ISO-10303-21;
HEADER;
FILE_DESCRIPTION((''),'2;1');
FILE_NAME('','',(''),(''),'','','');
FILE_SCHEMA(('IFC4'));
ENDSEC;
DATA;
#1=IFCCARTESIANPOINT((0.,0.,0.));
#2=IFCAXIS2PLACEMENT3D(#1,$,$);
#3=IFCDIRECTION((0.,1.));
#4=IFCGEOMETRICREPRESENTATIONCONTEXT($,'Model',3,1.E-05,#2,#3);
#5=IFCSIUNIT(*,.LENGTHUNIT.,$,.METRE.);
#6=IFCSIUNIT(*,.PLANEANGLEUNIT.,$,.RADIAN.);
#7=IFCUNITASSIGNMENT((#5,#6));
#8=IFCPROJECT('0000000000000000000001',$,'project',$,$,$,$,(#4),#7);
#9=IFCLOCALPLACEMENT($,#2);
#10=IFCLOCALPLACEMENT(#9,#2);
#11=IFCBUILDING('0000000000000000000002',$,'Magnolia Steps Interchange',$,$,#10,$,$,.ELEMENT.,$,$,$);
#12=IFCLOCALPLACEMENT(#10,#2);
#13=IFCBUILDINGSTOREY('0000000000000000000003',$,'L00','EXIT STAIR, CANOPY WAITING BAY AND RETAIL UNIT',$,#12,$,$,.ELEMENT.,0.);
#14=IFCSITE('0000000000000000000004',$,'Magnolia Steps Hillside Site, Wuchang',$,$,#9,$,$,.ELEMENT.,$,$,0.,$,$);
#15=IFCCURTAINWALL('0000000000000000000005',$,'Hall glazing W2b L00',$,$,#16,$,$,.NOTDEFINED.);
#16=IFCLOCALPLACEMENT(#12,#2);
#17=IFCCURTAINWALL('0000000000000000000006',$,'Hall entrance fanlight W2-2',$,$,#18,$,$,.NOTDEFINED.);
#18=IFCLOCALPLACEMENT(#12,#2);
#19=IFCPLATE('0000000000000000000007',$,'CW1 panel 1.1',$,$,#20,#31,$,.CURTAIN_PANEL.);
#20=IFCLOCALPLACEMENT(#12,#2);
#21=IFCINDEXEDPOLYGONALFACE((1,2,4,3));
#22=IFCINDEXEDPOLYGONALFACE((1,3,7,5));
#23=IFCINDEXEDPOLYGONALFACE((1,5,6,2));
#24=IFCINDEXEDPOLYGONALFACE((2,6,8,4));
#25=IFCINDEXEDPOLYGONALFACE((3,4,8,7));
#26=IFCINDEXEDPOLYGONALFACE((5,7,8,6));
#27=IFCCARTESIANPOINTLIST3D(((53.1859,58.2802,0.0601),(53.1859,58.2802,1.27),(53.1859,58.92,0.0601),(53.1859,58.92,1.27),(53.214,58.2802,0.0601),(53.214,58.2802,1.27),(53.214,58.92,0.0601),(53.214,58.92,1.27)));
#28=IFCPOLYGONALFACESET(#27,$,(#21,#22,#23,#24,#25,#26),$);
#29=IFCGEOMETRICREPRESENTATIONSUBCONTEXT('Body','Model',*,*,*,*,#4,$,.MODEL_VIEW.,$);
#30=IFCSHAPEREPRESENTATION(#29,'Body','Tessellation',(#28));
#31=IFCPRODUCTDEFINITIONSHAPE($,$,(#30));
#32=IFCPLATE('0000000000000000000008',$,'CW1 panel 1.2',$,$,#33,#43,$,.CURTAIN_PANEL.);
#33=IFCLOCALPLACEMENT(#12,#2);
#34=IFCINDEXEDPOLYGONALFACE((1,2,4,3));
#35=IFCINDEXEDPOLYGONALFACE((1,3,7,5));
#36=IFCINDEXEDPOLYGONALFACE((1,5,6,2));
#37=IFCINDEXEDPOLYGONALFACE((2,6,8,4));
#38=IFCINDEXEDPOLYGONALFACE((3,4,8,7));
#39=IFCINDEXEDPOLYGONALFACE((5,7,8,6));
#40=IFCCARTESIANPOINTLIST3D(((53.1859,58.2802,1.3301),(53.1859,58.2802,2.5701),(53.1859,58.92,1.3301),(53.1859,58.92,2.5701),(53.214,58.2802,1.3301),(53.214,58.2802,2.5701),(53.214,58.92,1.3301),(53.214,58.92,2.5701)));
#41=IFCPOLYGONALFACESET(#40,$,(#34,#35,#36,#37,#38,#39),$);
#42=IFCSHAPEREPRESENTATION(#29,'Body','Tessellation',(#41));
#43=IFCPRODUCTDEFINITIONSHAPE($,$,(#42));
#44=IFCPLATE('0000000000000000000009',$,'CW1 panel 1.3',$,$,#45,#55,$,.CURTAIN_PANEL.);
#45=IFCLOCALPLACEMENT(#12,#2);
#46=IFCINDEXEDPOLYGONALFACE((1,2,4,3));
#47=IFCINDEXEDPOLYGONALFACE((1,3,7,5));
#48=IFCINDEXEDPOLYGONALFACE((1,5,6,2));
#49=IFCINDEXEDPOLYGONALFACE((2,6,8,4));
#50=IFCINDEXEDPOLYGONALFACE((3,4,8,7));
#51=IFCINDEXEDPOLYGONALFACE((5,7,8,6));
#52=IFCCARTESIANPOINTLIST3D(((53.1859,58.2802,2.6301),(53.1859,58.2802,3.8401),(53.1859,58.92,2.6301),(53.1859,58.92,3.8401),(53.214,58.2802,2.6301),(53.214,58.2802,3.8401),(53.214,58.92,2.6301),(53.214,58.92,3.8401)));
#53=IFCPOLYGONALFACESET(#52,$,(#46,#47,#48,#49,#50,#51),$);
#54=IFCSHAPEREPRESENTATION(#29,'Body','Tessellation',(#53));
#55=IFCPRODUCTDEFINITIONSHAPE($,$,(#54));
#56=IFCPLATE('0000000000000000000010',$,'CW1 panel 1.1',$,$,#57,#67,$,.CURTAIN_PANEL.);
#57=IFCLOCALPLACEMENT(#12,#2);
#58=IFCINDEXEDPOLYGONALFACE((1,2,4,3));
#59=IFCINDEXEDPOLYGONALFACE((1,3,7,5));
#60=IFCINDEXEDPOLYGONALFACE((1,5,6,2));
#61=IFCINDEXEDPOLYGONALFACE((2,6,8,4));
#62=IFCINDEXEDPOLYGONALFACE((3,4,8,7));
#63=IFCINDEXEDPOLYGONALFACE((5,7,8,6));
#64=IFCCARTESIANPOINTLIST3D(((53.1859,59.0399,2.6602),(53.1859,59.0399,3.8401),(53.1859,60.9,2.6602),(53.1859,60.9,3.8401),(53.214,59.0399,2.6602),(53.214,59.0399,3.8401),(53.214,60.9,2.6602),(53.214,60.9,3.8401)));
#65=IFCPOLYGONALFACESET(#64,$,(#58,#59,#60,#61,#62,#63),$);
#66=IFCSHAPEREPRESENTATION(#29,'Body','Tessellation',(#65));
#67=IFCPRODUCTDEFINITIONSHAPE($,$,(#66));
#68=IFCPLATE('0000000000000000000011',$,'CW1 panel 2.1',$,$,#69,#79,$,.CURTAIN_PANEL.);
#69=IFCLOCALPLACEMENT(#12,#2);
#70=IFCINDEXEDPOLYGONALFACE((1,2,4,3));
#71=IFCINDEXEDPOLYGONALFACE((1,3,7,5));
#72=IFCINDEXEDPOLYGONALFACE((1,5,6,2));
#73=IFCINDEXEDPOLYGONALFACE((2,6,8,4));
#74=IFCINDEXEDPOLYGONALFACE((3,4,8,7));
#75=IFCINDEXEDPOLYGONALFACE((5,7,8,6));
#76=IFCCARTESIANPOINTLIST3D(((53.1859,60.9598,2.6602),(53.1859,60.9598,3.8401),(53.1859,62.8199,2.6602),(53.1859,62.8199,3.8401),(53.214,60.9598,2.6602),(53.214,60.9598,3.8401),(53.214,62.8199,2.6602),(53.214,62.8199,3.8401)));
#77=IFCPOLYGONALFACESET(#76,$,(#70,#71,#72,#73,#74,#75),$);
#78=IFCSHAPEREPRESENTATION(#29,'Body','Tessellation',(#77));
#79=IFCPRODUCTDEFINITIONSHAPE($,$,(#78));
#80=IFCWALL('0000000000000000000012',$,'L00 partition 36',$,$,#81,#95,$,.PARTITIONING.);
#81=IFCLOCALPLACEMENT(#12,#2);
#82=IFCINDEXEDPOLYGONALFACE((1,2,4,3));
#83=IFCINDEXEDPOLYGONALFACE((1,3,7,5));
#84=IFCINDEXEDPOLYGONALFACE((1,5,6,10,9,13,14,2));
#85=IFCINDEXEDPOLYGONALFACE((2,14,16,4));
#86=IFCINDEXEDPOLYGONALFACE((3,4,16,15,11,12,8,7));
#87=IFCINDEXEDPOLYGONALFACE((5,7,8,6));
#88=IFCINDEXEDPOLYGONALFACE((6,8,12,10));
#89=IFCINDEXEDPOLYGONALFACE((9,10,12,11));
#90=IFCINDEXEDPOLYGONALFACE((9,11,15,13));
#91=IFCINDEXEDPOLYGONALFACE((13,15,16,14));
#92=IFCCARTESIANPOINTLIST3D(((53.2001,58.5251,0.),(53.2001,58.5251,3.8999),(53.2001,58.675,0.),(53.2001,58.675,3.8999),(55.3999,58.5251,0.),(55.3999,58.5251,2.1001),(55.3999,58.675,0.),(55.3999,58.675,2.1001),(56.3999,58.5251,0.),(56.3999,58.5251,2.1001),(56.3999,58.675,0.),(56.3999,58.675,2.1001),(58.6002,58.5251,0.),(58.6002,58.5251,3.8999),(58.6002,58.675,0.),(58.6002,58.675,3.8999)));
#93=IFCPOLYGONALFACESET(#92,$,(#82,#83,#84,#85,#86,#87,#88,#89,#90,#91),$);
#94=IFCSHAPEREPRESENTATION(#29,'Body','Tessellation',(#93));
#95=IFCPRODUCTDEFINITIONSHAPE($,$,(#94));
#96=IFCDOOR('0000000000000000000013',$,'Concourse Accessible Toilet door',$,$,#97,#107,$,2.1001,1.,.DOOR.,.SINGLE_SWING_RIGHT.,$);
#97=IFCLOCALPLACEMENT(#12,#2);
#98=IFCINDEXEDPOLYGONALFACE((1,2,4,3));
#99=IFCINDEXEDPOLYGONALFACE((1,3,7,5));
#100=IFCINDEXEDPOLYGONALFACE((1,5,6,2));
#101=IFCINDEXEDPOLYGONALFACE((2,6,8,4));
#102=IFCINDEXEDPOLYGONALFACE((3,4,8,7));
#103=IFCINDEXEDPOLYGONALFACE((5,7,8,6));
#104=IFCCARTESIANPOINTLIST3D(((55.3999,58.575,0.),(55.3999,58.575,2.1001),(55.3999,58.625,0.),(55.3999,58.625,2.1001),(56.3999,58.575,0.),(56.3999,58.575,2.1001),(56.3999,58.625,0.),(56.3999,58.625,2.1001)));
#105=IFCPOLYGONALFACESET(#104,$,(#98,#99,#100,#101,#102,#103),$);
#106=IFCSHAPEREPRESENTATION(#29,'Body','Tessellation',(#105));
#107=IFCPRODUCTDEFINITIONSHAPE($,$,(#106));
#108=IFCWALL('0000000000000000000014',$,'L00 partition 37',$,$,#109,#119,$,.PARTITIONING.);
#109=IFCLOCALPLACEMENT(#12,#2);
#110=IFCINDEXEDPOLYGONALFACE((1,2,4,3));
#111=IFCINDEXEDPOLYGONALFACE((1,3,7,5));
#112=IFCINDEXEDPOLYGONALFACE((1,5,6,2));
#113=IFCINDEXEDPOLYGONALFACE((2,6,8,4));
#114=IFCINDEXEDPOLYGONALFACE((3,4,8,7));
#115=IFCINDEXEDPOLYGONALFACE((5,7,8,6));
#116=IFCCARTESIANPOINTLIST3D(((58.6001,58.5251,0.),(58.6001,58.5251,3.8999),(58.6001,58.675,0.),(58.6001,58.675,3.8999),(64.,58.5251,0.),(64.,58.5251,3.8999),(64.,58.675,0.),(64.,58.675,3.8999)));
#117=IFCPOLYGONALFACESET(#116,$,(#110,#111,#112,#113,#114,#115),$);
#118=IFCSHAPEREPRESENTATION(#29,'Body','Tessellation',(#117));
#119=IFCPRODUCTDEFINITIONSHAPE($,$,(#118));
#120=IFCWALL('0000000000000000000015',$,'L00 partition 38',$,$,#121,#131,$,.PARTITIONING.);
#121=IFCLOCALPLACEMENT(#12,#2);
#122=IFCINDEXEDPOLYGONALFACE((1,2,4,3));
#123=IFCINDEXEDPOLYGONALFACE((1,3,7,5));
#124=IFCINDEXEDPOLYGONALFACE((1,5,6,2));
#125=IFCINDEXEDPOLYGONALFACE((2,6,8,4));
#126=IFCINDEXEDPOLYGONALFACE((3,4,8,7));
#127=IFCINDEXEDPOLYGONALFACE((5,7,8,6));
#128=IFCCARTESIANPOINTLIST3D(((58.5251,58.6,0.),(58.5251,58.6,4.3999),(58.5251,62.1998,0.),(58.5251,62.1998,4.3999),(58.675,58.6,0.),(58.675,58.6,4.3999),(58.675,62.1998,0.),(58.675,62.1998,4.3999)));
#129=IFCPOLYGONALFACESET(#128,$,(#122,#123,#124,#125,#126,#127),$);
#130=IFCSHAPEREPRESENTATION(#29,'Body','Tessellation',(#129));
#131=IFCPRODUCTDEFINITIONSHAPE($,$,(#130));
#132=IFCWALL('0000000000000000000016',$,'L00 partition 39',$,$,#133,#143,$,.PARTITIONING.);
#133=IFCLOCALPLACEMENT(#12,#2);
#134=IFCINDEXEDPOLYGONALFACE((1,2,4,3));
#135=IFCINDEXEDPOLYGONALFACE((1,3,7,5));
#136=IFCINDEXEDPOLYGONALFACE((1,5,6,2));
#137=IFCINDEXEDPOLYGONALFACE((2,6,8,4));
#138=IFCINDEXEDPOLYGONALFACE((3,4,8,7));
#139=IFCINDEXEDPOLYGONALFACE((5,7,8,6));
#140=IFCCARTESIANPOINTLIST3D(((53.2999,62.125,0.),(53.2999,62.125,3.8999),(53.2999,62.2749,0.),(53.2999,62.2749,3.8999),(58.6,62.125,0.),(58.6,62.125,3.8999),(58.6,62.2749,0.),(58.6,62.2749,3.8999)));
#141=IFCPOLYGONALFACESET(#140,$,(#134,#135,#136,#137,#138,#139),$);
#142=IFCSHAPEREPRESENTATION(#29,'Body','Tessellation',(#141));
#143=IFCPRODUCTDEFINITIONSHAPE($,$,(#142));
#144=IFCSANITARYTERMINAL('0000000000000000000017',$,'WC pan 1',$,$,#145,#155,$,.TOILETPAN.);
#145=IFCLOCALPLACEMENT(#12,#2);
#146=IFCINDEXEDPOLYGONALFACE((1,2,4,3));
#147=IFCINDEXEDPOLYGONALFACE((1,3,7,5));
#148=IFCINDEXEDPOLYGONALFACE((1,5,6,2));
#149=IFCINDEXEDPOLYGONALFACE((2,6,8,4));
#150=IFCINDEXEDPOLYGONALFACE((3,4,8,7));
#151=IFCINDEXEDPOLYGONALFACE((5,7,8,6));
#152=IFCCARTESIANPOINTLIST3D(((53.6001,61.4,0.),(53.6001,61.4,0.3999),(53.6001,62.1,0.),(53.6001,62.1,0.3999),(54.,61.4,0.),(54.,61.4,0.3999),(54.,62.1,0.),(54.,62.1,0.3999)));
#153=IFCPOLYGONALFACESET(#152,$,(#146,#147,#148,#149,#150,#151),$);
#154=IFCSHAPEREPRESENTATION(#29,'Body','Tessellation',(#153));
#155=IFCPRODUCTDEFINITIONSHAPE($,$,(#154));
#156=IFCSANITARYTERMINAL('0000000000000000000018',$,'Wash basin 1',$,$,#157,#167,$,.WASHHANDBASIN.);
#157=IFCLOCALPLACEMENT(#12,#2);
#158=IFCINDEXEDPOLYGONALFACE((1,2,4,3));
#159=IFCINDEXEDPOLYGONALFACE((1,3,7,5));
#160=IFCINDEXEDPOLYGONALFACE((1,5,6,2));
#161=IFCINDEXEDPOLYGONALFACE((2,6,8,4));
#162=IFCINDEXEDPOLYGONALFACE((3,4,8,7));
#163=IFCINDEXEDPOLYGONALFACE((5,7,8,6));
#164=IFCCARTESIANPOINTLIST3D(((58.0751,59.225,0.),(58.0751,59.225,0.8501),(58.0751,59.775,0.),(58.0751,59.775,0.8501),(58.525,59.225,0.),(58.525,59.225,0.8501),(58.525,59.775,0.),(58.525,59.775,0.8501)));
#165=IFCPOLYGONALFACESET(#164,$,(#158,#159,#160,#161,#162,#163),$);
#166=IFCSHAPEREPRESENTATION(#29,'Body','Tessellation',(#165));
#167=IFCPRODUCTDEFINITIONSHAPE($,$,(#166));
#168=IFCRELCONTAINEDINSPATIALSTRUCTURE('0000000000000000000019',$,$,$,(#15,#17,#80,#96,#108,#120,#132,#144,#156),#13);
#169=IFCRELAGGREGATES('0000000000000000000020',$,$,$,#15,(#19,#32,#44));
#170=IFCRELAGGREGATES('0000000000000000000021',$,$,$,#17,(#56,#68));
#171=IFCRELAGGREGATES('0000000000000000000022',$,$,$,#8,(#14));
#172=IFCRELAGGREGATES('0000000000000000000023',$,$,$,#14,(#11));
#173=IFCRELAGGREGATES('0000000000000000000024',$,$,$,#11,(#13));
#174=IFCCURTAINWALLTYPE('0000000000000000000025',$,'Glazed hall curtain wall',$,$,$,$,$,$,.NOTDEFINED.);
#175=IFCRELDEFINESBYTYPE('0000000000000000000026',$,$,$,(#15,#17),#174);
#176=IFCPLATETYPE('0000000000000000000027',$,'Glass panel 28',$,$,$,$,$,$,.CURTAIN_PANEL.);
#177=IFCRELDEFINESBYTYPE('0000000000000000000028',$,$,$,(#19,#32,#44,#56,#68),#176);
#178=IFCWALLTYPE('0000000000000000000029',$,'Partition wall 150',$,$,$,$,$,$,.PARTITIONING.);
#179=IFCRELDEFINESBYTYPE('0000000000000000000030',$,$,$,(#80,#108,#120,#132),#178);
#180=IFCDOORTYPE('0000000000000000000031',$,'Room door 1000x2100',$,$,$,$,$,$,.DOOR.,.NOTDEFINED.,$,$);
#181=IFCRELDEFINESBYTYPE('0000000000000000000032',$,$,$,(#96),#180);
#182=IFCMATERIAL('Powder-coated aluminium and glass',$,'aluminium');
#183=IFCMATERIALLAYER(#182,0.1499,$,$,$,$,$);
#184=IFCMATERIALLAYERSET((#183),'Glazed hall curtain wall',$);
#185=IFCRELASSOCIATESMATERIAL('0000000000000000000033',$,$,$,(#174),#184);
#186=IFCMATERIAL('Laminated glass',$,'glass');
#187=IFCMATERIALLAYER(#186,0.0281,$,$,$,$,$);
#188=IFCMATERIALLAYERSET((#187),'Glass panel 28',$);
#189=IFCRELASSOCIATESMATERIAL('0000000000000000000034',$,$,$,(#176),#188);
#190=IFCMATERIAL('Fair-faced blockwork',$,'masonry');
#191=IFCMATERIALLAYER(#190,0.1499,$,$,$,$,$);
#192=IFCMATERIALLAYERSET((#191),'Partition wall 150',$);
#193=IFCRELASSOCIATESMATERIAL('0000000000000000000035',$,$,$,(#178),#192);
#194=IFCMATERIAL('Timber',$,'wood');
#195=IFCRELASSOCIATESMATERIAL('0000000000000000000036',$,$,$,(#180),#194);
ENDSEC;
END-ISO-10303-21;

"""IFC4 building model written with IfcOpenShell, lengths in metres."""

from ifc_helpers import new_model, si_unit, direction, frame, frame_2d, origin, origin_2d, place, context, subcontext, project, spatial, rectangle, extrude, material, layer, layer_set, type_object, element, fill, aggregate, save


model = new_model("IFC4")

# Units and contexts
model_context = context("Model", 3, precision=1e-05, world=origin(), true_north=direction((0.0, 1.0)))
body_context = subcontext(model_context, "Body", "Model", "MODEL_VIEW")
ifc_project = project(units=[si_unit("LENGTHUNIT", "METRE"), si_unit("PLANEANGLEUNIT", "RADIAN")], contexts=[model_context])

# Site, building, storey
site_placement = place(None, origin())
site = spatial("IfcSite", under=ifc_project, at=site_placement, Name="Magnolia Steps Hillside Site, Wuchang", CompositionType="ELEMENT", RefElevation=0.0)
building_placement = place(site_placement, origin())
building = spatial("IfcBuilding", under=site, at=building_placement, Name="Magnolia Steps Interchange", CompositionType="ELEMENT")
storey_placement = place(building_placement, origin())
storey = spatial("IfcBuildingStorey", under=building, at=storey_placement, Name="L00", Description="EXIT STAIR, CANOPY WAITING BAY AND RETAIL UNIT", CompositionType="ELEMENT", Elevation=0.0)

# Curtain wall
ifc_material_1 = material(Name="Powder-coated aluminium and glass", Category="aluminium")
ifc_layer_1 = layer(ifc_material_1, 0.1499)
ifc_layer_set_1 = layer_set([ifc_layer_1], Name="Glazed hall curtain wall")
curtain_wall_type = type_object("IfcCurtainWallType", Name="Glazed hall curtain wall", PredefinedType="NOTDEFINED", material=ifc_layer_set_1)
curtain_wall_1_placement = place(storey_placement, origin())
curtain_wall_1 = element("IfcCurtainWall", 1, at=curtain_wall_1_placement, inside=storey, type_object=curtain_wall_type, Name="Hall glazing W2b L00", PredefinedType="NOTDEFINED")

# Curtain wall
curtain_wall_2_placement = place(storey_placement, origin())
curtain_wall_2 = element("IfcCurtainWall", 2, at=curtain_wall_2_placement, inside=storey, type_object=curtain_wall_type, Name="Hall entrance fanlight W2-2", PredefinedType="NOTDEFINED")

# Plates
ifc_material_2 = material(Name="Laminated glass", Category="glass")
ifc_layer_2 = layer(ifc_material_2, 0.0281)
ifc_layer_set_2 = layer_set([ifc_layer_2], Name="Glass panel 28")
plate_type = type_object("IfcPlateType", Name="Glass panel 28", PredefinedType="CURTAIN_PANEL", material=ifc_layer_set_2)
plate_1_placement = place(storey_placement, frame((53.2, 58.6001, 0.0601), z_axis=(0.0, 0.0, 1.0), x_axis=(0.0, 1.0, 0.0)))
plate_1 = element("IfcPlate", 3, at=plate_1_placement, type_object=plate_type, Name="CW1 panel 1.1", PredefinedType="CURTAIN_PANEL", context=body_context, shape_type="SweptSolid", body=[
    extrude(rectangle(XDim=0.6399, YDim=0.0281, at=origin_2d()), origin(), (0.0, 0.0, 1.0), 1.21),
])
plate_2_placement = place(storey_placement, frame((53.2, 58.6001, 1.3301), z_axis=(0.0, 0.0, 1.0), x_axis=(0.0, 1.0, 0.0)))
plate_2 = element("IfcPlate", 4, at=plate_2_placement, type_object=plate_type, Name="CW1 panel 1.2", PredefinedType="CURTAIN_PANEL", context=body_context, shape_type="SweptSolid", body=[
    extrude(rectangle(XDim=0.6399, YDim=0.0281, at=origin_2d()), origin(), (0.0, 0.0, 1.0), 1.24),
])
plate_3_placement = place(storey_placement, frame((53.2, 58.6001, 2.6301), z_axis=(0.0, 0.0, 1.0), x_axis=(0.0, 1.0, 0.0)))
plate_3 = element("IfcPlate", 5, at=plate_3_placement, type_object=plate_type, Name="CW1 panel 1.3", PredefinedType="CURTAIN_PANEL", context=body_context, shape_type="SweptSolid", body=[
    extrude(rectangle(XDim=0.6399, YDim=0.0281, at=origin_2d()), origin(), (0.0, 0.0, 1.0), 1.21),
])
aggregate(curtain_wall_1, [plate_1, plate_2, plate_3])
plate_4_placement = place(storey_placement, frame((53.2, 59.97, 2.6602), z_axis=(0.0, 0.0, 1.0), x_axis=(0.0, 1.0, 0.0)))
plate_4 = element("IfcPlate", 6, at=plate_4_placement, type_object=plate_type, Name="CW1 panel 1.1", PredefinedType="CURTAIN_PANEL", context=body_context, shape_type="SweptSolid", body=[
    extrude(rectangle(XDim=1.8601, YDim=0.0281, at=origin_2d()), origin(), (0.0, 0.0, 1.0), 1.1799),
])
plate_5_placement = place(storey_placement, frame((53.2, 61.8899, 2.6602), z_axis=(0.0, 0.0, 1.0), x_axis=(0.0, 1.0, 0.0)))
plate_5 = element("IfcPlate", 7, at=plate_5_placement, type_object=plate_type, Name="CW1 panel 2.1", PredefinedType="CURTAIN_PANEL", context=body_context, shape_type="SweptSolid", body=[
    extrude(rectangle(XDim=1.8601, YDim=0.0281, at=origin_2d()), origin(), (0.0, 0.0, 1.0), 1.1799),
])
aggregate(curtain_wall_2, [plate_4, plate_5])

# Wall, opening, door
ifc_material_3 = material(Name="Fair-faced blockwork", Category="masonry")
ifc_layer_3 = layer(ifc_material_3, 0.1499)
ifc_layer_set_3 = layer_set([ifc_layer_3], Name="Partition wall 150")
wall_type_1 = type_object("IfcWallType", Name="Partition wall 150", PredefinedType="PARTITIONING", material=ifc_layer_set_3)
wall_1_placement = place(storey_placement, frame((53.2, 58.6001, 0.0), z_axis=(0.0, 0.0, 1.0), x_axis=(1.0, 0.0, 0.0)))
wall_1 = element("IfcWall", 8, at=wall_1_placement, inside=storey, type_object=wall_type_1, Name="L00 partition 36", PredefinedType="PARTITIONING", context=body_context, shape_type="SweptSolid", body=[
    extrude(rectangle(XDim=5.4001, YDim=0.1499, at=frame_2d((2.7002, 0.0))), origin(), (0.0, 0.0, 1.0), 3.8999),
])
opening_1_placement = place(wall_1_placement, frame((2.2, 0.0, 0.0)))
opening_1 = element("IfcOpeningElement", 9, at=opening_1_placement, cuts=wall_1, PredefinedType="OPENING", context=body_context, shape_type="SweptSolid", body=[
    extrude(rectangle(XDim=1.0, YDim=2.1001, at=frame_2d((0.5, 1.05))), frame((0.0, 0.085, 0.0), z_axis=(0.0, -1.0, 0.0), x_axis=(1.0, 0.0, 0.0)), (0.0, 0.0, 1.0), 0.1699),
])
ifc_material_4 = material(Name="Timber", Category="wood")
door_type_1 = type_object("IfcDoorType", Name="Room door 1000x2100", OperationType="NOTDEFINED", PredefinedType="DOOR", material=ifc_material_4)
door_1_placement = place(opening_1_placement, origin())
door_1 = element("IfcDoor", 10, at=door_1_placement, inside=storey, type_object=door_type_1, Name="Concourse Accessible Toilet door", OperationType="SINGLE_SWING_RIGHT", OverallHeight=2.1001, OverallWidth=1.0, PredefinedType="DOOR", context=body_context, shape_type="SweptSolid", body=[
    extrude(rectangle(XDim=1.0, YDim=2.1001, at=frame_2d((0.5, 1.05))), frame((0.0, 0.0249, 0.0), z_axis=(0.0, -1.0, 0.0), x_axis=(1.0, 0.0, 0.0)), (0.0, 0.0, 1.0), 0.05),
])
fill(opening_1, door_1)

# Walls
wall_2_placement = place(storey_placement, frame((58.6001, 58.6001, 0.0), z_axis=(0.0, 0.0, 1.0), x_axis=(1.0, 0.0, 0.0)))
element("IfcWall", 11, at=wall_2_placement, inside=storey, type_object=wall_type_1, Name="L00 partition 37", PredefinedType="PARTITIONING", context=body_context, shape_type="SweptSolid", body=[
    extrude(rectangle(XDim=5.3999, YDim=0.1499, at=frame_2d((2.7, 0.0))), origin(), (0.0, 0.0, 1.0), 3.8999),
])
wall_3_placement = place(storey_placement, frame((58.6001, 58.6001, 0.0), z_axis=(0.0, 0.0, 1.0), x_axis=(0.0, 1.0, 0.0)))
element("IfcWall", 12, at=wall_3_placement, inside=storey, type_object=wall_type_1, Name="L00 partition 38", PredefinedType="PARTITIONING", context=body_context, shape_type="SweptSolid", body=[
    extrude(rectangle(XDim=3.5999, YDim=0.1499, at=frame_2d((1.7998, 0.0))), origin(), (0.0, 0.0, 1.0), 4.3999),
])
wall_4_placement = place(storey_placement, frame((53.3, 62.2, 0.0), z_axis=(0.0, 0.0, 1.0), x_axis=(1.0, 0.0, 0.0)))
element("IfcWall", 13, at=wall_4_placement, inside=storey, type_object=wall_type_1, Name="L00 partition 39", PredefinedType="PARTITIONING", context=body_context, shape_type="SweptSolid", body=[
    extrude(rectangle(XDim=5.3, YDim=0.1499, at=frame_2d((2.6499, 0.0))), origin(), (0.0, 0.0, 1.0), 3.8999),
])

# Sanitary terminals
sanitary_terminal_1_placement = place(storey_placement, frame((53.8, 61.75, 0.0), z_axis=(0.0, 0.0, 1.0), x_axis=(1.0, 0.0, 0.0)))
element("IfcSanitaryTerminal", 14, at=sanitary_terminal_1_placement, inside=storey, Name="WC pan 1", PredefinedType="TOILETPAN", context=body_context, shape_type="SweptSolid", body=[
    extrude(rectangle(XDim=0.3999, YDim=0.7, at=origin_2d()), origin(), (0.0, 0.0, 1.0), 0.3999),
])
sanitary_terminal_2_placement = place(storey_placement, frame((58.3, 59.5, 0.0), z_axis=(0.0, 0.0, 1.0), x_axis=(1.0, 0.0, 0.0)))
element("IfcSanitaryTerminal", 15, at=sanitary_terminal_2_placement, inside=storey, Name="Wash basin 1", PredefinedType="WASHHANDBASIN", context=body_context, shape_type="SweptSolid", body=[
    extrude(rectangle(XDim=0.45, YDim=0.55, at=origin_2d()), origin(), (0.0, 0.0, 1.0), 0.8501),
])

save(model, "model.ifc")
